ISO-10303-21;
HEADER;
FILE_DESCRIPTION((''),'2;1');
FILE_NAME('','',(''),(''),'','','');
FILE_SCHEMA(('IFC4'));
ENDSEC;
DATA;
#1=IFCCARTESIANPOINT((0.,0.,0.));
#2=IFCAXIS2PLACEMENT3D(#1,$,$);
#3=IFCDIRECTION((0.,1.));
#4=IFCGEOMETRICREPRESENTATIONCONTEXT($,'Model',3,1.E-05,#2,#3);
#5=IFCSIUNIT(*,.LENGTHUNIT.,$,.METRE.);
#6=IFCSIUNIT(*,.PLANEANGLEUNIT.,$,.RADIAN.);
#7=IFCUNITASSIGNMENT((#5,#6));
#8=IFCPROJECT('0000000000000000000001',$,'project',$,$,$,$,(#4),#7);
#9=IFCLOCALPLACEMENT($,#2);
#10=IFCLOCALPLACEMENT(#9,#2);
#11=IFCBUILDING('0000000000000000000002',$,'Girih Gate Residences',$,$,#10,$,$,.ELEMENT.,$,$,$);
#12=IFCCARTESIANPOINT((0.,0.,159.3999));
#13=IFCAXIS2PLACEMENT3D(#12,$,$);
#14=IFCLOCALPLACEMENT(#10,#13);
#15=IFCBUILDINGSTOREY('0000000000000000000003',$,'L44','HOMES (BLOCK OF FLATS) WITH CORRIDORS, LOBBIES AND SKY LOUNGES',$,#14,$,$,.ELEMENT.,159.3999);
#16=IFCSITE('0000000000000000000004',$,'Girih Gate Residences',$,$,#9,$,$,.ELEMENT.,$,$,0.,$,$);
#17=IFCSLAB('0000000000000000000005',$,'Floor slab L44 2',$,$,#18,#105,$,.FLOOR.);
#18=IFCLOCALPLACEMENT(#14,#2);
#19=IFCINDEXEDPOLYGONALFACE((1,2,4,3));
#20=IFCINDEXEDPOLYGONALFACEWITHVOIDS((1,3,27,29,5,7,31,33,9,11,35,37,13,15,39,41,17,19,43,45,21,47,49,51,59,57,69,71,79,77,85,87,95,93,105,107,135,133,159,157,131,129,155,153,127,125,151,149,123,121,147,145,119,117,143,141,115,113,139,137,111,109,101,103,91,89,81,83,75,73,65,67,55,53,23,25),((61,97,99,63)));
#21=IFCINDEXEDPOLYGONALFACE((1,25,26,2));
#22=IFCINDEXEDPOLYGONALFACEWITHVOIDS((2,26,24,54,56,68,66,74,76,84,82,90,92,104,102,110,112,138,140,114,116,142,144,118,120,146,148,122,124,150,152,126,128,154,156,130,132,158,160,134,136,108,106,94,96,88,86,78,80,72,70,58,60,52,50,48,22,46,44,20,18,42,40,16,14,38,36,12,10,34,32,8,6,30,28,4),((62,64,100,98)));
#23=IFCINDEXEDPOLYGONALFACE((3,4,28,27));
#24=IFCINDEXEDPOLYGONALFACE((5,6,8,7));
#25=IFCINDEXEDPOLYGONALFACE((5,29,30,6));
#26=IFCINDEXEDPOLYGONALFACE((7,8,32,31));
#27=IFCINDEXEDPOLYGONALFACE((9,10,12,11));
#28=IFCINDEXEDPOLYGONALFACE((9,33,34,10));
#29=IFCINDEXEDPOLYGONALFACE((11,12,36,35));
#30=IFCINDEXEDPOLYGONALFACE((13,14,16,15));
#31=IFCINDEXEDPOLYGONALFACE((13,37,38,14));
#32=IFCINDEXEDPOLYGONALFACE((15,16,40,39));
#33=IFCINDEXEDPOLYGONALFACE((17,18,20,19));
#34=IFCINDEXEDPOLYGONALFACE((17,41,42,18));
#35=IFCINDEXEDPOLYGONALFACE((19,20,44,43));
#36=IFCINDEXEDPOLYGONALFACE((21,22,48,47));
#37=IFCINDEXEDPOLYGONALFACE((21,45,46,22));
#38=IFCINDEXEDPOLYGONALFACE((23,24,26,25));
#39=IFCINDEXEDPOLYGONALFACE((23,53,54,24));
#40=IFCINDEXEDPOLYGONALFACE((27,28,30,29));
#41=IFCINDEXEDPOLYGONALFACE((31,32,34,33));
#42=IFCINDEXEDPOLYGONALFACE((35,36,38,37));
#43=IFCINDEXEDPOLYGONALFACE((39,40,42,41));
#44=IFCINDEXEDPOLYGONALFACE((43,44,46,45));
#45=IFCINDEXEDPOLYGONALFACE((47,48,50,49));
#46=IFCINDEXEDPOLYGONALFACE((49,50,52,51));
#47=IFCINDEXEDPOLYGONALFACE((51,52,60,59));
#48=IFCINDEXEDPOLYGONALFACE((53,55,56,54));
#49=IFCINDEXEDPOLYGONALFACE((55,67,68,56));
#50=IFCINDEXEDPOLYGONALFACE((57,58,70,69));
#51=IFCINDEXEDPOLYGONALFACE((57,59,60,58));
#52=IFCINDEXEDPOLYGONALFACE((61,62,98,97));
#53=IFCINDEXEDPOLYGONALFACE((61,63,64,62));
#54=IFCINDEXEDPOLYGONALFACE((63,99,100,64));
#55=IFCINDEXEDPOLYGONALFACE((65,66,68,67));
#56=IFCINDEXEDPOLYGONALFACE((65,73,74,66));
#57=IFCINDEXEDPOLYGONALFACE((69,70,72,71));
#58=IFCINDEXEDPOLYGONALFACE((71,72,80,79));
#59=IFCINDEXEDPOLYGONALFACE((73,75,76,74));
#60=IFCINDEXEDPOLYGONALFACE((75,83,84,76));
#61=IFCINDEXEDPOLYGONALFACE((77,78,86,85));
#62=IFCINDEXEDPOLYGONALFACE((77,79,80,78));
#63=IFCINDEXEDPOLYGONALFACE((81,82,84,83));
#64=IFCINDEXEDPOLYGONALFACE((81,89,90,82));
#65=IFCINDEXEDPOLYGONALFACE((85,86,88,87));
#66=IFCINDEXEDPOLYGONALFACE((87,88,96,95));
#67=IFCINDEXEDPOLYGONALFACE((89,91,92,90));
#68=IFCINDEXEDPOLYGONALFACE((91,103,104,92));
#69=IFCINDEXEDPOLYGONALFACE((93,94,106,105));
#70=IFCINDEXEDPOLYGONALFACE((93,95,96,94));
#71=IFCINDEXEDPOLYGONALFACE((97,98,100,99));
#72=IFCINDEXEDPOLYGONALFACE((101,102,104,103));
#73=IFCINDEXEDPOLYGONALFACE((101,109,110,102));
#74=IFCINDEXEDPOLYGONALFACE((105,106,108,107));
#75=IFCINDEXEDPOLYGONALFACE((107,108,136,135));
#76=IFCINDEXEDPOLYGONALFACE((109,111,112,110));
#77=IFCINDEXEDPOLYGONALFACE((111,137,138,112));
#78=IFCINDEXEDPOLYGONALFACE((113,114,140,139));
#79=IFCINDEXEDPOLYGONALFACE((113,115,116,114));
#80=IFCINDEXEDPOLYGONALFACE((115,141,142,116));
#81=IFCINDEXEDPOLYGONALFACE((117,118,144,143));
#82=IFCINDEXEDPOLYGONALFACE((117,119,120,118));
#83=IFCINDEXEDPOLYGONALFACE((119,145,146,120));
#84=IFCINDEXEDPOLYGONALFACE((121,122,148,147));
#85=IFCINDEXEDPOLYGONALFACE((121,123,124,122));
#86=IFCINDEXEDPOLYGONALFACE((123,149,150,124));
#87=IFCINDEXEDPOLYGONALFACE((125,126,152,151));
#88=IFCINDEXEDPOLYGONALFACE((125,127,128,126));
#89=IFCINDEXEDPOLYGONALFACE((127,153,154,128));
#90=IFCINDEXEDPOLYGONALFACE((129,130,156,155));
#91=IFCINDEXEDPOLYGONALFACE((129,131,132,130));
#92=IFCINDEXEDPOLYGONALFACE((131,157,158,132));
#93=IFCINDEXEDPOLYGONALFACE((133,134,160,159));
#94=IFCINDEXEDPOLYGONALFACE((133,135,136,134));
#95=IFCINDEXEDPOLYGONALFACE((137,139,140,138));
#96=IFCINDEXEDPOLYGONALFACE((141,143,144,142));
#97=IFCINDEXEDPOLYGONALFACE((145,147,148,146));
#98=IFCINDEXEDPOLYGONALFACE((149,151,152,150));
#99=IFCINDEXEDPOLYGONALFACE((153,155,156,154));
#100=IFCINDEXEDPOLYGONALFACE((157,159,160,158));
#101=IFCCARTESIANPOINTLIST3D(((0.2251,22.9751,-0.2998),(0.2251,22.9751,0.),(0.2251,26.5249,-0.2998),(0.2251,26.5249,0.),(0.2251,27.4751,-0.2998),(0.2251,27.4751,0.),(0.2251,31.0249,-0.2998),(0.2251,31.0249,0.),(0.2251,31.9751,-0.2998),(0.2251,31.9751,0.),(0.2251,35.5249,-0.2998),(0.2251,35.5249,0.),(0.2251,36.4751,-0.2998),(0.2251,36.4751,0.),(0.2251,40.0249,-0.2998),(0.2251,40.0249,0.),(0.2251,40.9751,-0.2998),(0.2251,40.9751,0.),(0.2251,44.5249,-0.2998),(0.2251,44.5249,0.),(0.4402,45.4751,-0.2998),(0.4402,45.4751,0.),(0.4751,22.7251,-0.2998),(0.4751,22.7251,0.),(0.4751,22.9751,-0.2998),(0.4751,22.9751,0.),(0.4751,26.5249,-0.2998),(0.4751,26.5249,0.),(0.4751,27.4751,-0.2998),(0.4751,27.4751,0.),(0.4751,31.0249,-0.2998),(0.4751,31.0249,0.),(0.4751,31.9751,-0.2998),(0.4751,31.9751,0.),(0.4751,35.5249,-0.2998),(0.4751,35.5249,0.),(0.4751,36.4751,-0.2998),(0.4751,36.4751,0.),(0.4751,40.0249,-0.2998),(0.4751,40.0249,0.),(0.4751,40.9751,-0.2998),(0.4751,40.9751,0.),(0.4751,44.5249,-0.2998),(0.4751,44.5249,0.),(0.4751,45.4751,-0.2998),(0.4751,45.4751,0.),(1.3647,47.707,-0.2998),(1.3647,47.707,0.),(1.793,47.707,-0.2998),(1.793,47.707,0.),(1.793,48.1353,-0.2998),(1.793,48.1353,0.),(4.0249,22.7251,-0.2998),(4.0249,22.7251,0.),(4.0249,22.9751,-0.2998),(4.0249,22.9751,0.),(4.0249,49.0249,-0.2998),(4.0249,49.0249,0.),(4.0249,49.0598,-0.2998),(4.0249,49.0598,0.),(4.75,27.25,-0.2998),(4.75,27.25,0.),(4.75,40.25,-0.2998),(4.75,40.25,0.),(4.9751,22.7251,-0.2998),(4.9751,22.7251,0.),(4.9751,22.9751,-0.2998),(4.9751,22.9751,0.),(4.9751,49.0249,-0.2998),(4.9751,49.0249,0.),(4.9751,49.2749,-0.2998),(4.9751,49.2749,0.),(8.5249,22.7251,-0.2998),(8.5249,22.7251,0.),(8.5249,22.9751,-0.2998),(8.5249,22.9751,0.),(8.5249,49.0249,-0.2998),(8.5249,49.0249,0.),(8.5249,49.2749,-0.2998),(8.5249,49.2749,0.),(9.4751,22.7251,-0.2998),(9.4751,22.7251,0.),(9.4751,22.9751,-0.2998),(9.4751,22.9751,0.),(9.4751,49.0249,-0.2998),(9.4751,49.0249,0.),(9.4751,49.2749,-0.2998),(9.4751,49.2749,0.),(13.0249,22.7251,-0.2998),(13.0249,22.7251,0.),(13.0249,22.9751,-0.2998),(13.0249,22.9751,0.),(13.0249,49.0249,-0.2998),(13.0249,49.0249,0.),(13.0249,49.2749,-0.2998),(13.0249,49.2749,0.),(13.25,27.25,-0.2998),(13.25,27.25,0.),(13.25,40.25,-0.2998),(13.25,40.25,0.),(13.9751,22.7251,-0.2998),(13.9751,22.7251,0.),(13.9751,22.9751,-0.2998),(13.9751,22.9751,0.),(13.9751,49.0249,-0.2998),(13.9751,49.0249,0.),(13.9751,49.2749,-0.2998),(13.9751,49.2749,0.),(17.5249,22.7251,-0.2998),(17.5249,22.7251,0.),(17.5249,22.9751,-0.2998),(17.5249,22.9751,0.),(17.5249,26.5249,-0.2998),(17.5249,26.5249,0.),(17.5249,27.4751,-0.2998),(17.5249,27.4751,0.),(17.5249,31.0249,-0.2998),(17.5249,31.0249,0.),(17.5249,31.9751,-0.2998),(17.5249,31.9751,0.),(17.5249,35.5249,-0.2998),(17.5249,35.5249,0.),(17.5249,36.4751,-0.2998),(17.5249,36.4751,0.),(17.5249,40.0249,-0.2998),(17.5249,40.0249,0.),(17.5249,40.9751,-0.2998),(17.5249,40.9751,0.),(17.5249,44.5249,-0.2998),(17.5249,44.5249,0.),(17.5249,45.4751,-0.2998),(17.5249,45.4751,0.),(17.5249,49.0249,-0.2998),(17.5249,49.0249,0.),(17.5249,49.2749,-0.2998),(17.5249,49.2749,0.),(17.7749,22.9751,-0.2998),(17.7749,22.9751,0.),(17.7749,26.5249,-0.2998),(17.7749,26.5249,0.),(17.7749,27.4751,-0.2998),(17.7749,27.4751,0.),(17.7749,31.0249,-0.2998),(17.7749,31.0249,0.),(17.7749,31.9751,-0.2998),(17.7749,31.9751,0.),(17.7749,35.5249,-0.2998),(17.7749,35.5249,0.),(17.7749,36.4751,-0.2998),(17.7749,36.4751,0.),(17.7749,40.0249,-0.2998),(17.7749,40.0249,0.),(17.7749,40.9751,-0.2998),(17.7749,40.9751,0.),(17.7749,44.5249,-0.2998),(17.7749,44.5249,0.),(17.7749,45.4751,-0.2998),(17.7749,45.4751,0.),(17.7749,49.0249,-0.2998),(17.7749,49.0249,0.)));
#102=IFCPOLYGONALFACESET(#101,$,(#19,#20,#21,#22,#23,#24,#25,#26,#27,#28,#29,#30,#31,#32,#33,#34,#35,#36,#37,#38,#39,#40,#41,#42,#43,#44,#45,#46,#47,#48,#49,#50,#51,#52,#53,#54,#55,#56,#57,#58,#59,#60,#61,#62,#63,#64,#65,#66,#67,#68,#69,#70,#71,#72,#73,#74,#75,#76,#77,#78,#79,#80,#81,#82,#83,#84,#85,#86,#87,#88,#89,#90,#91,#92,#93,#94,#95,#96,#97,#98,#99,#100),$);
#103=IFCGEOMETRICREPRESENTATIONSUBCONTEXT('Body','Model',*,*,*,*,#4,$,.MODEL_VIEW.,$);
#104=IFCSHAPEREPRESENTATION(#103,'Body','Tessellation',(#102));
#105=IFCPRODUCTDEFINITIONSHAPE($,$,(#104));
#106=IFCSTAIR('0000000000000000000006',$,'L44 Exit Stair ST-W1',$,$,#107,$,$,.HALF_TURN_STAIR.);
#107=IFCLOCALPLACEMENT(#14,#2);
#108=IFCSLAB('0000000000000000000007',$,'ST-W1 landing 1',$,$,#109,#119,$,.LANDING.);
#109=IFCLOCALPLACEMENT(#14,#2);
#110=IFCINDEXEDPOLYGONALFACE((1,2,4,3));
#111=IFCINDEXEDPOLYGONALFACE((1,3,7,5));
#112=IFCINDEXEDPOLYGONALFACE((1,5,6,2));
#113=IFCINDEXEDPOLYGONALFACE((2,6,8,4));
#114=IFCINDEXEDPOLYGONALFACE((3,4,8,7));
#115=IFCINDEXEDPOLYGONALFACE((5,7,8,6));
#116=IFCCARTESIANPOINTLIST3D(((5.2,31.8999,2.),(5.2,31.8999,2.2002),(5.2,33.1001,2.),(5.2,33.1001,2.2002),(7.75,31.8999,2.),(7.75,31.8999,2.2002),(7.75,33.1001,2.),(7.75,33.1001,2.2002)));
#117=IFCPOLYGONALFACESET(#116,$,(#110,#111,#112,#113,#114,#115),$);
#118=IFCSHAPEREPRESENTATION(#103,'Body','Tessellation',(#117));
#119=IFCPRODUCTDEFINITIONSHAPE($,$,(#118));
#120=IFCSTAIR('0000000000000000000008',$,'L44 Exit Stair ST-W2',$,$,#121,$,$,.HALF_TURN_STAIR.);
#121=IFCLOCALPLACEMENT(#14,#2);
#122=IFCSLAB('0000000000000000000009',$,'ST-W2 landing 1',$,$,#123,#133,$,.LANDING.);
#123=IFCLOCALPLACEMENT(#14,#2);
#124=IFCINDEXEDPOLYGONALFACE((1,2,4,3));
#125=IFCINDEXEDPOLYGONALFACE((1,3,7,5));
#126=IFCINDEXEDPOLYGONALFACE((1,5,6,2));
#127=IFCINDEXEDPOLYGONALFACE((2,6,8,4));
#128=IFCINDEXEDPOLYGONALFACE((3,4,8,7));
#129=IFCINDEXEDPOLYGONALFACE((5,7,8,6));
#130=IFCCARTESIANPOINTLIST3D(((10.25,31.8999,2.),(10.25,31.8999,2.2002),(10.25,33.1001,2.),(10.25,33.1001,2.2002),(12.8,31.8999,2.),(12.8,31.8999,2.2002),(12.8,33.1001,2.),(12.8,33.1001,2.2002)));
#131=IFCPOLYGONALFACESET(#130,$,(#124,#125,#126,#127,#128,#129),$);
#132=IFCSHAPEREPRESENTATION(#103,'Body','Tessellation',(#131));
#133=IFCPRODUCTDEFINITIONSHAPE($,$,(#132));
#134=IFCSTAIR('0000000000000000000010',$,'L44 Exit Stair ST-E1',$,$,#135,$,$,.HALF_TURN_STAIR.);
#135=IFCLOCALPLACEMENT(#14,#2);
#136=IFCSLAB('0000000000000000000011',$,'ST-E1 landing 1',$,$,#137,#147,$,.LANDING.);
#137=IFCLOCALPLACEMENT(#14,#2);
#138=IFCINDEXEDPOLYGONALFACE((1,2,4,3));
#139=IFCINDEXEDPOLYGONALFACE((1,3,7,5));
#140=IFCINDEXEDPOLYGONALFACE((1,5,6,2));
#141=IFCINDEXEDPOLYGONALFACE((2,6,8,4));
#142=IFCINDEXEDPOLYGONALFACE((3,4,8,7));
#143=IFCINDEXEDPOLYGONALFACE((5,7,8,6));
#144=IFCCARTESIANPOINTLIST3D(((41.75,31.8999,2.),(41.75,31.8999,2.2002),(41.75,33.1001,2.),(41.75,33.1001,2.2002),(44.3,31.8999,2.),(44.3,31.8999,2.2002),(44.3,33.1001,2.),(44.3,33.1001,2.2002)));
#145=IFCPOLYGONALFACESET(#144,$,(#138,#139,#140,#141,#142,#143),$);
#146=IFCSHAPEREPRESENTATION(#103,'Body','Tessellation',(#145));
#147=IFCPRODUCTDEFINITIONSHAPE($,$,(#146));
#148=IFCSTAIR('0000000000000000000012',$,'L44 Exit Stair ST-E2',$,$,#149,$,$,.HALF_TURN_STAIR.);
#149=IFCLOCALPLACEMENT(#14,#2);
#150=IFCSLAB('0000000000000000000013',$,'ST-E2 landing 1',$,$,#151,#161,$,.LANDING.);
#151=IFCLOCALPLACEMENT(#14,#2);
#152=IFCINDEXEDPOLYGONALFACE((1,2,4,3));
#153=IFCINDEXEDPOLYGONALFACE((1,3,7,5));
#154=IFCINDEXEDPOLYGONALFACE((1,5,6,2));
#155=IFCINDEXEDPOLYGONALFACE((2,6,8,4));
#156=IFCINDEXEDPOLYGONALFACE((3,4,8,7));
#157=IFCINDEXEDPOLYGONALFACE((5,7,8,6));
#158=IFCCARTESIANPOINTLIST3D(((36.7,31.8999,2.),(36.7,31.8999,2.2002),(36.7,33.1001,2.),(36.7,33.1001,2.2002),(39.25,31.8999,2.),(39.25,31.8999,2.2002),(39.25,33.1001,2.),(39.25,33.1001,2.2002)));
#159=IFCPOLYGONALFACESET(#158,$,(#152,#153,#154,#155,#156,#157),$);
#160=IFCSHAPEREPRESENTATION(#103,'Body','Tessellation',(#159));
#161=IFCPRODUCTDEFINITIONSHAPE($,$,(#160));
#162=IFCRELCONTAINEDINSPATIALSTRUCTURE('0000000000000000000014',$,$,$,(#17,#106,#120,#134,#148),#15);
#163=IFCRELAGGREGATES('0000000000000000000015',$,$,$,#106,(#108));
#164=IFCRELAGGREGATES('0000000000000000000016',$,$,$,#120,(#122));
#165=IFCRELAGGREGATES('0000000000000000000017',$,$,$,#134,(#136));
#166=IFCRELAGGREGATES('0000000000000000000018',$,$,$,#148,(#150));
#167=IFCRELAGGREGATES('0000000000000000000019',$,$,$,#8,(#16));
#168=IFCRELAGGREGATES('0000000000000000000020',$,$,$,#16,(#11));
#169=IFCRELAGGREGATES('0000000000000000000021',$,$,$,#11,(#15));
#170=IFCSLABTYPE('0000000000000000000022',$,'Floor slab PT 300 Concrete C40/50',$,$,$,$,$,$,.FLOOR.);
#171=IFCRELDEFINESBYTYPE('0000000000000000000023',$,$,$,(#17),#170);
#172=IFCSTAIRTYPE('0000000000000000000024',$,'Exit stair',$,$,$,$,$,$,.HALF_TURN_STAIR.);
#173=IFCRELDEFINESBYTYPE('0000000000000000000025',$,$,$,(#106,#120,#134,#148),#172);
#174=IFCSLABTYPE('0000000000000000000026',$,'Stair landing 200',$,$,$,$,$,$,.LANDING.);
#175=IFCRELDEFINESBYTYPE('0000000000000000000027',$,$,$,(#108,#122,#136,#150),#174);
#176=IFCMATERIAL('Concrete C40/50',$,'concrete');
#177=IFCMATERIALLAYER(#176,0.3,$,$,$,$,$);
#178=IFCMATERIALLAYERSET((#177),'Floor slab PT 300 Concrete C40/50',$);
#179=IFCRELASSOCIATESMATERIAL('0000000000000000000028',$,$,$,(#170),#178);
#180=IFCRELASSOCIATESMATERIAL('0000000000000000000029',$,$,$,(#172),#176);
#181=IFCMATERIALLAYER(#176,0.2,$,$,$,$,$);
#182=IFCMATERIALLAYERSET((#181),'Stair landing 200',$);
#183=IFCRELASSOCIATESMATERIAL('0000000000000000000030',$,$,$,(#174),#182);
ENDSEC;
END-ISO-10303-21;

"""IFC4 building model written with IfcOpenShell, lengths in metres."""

from ifc_helpers import new_model, si_unit, direction, frame, origin, place, context, subcontext, project, spatial, polyline, outline, extrude, material, layer, layer_set, type_object, element, aggregate, save


model = new_model("IFC4")

# Units and contexts
model_context = context("Model", 3, precision=1e-05, world=origin(), true_north=direction((0.0, 1.0)))
body_context = subcontext(model_context, "Body", "Model", "MODEL_VIEW")
ifc_project = project(units=[si_unit("LENGTHUNIT", "METRE"), si_unit("PLANEANGLEUNIT", "RADIAN")], contexts=[model_context])

# Site, building, storey
site_placement = place(None, origin())
site = spatial("IfcSite", under=ifc_project, at=site_placement, Name="Girih Gate Residences", CompositionType="ELEMENT", RefElevation=0.0)
building_placement = place(site_placement, origin())
building = spatial("IfcBuilding", under=site, at=building_placement, Name="Girih Gate Residences", CompositionType="ELEMENT")
storey_placement = place(building_placement, frame((0.0, 0.0, 159.3999)))
storey = spatial("IfcBuildingStorey", under=building, at=storey_placement, Name="L44", Description="HOMES (BLOCK OF FLATS) WITH CORRIDORS, LOBBIES AND SKY LOUNGES", CompositionType="ELEMENT", Elevation=159.3999)

# Slab
ifc_material_1 = material(Name="Concrete C40/50", Category="concrete")
ifc_layer_1 = layer(ifc_material_1, 0.3)
ifc_layer_set_1 = layer_set([ifc_layer_1], Name="Floor slab PT 300 Concrete C40/50")
slab_type_1 = type_object("IfcSlabType", Name="Floor slab PT 300 Concrete C40/50", PredefinedType="FLOOR", material=ifc_layer_set_1)
slab_1_placement = place(storey_placement, frame((0.0, 0.0, -0.2998)))
element("IfcSlab", 1, at=slab_1_placement, inside=storey, type_object=slab_type_1, Name="Floor slab L44 2", PredefinedType="FLOOR", context=body_context, shape_type="SweptSolid", body=[
    extrude(outline(polyline([(0.2251, 26.5249), (0.2251, 22.9751), (0.4751, 22.9751), (0.4751, 22.7251), (4.0249, 22.7251), (4.0249, 22.9751), (4.9751, 22.9751), (4.9751, 22.7251), (8.5249, 22.7251), (8.5249, 22.9751), (9.4751, 22.9751), (9.4751, 22.7251), (13.0249, 22.7251), (13.0249, 22.9751), (13.9751, 22.9751), (13.9751, 22.7251), (17.5249, 22.7251), (17.5249, 22.9751), (17.7749, 22.9751), (17.7749, 26.5249), (17.5249, 26.5249), (17.5249, 27.4751), (17.7749, 27.4751), (17.7749, 31.0249), (17.5249, 31.0249), (17.5249, 31.9751), (17.7749, 31.9751), (17.7749, 35.5249), (17.5249, 35.5249), (17.5249, 36.4751), (17.7749, 36.4751), (17.7749, 40.0249), (17.5249, 40.0249), (17.5249, 40.9751), (17.7749, 40.9751), (17.7749, 44.5249), (17.5249, 44.5249), (17.5249, 45.4751), (17.7749, 45.4751), (17.7749, 49.0249), (17.5249, 49.0249), (17.5249, 49.2749), (13.9751, 49.2749), (13.9751, 49.0249), (13.0249, 49.0249), (13.0249, 49.2749), (9.4751, 49.2749), (9.4751, 49.0249), (8.5249, 49.0249), (8.5249, 49.2749), (4.9751, 49.2749), (4.9751, 49.0249), (4.0249, 49.0249), (4.0249, 49.0598), (1.793, 48.1353), (1.793, 47.707), (1.3647, 47.707), (0.4402, 45.4751), (0.4751, 45.4751), (0.4751, 44.5249), (0.2251, 44.5249), (0.2251, 40.9751), (0.4751, 40.9751), (0.4751, 40.0249), (0.2251, 40.0249), (0.2251, 36.4751), (0.4751, 36.4751), (0.4751, 35.5249), (0.2251, 35.5249), (0.2251, 31.9751), (0.4751, 31.9751), (0.4751, 31.0249), (0.2251, 31.0249), (0.2251, 27.4751), (0.4751, 27.4751), (0.4751, 26.5249), (0.2251, 26.5249)]), holes=[polyline([(13.25, 40.25), (13.25, 27.25), (4.75, 27.25), (4.75, 40.25), (13.25, 40.25)])]), origin(), (0.0, 0.0, 1.0), 0.2998),
])

# Stairs, slabs
stair_type = type_object("IfcStairType", Name="Exit stair", PredefinedType="HALF_TURN_STAIR", material=ifc_material_1)
stair_1_placement = place(storey_placement, origin())
stair_1 = element("IfcStair", 2, at=stair_1_placement, inside=storey, type_object=stair_type, Name="L44 Exit Stair ST-W1", PredefinedType="HALF_TURN_STAIR")
ifc_layer_2 = layer(ifc_material_1, 0.2)
ifc_layer_set_2 = layer_set([ifc_layer_2], Name="Stair landing 200")
slab_type_2 = type_object("IfcSlabType", Name="Stair landing 200", PredefinedType="LANDING", material=ifc_layer_set_2)
slab_2_placement = place(storey_placement, frame((0.0, 0.0, 2.0)))
slab_2 = element("IfcSlab", 3, at=slab_2_placement, type_object=slab_type_2, Name="ST-W1 landing 1", PredefinedType="LANDING", context=body_context, shape_type="SweptSolid", body=[
    extrude(outline(polyline([(7.75, 31.8999), (7.75, 33.1001), (5.2, 33.1001), (5.2, 31.8999), (7.75, 31.8999)])), origin(), (0.0, 0.0, 1.0), 0.2002),
])
aggregate(stair_1, [slab_2])
stair_2_placement = place(storey_placement, origin())
stair_2 = element("IfcStair", 4, at=stair_2_placement, inside=storey, type_object=stair_type, Name="L44 Exit Stair ST-W2", PredefinedType="HALF_TURN_STAIR")
slab_3_placement = place(storey_placement, frame((0.0, 0.0, 2.0)))
slab_3 = element("IfcSlab", 5, at=slab_3_placement, type_object=slab_type_2, Name="ST-W2 landing 1", PredefinedType="LANDING", context=body_context, shape_type="SweptSolid", body=[
    extrude(outline(polyline([(12.8, 31.8999), (12.8, 33.1001), (10.25, 33.1001), (10.25, 31.8999), (12.8, 31.8999)])), origin(), (0.0, 0.0, 1.0), 0.2002),
])
aggregate(stair_2, [slab_3])
stair_3_placement = place(storey_placement, origin())
stair_3 = element("IfcStair", 6, at=stair_3_placement, inside=storey, type_object=stair_type, Name="L44 Exit Stair ST-E1", PredefinedType="HALF_TURN_STAIR")
slab_4_placement = place(storey_placement, frame((0.0, 0.0, 2.0)))
slab_4 = element("IfcSlab", 7, at=slab_4_placement, type_object=slab_type_2, Name="ST-E1 landing 1", PredefinedType="LANDING", context=body_context, shape_type="SweptSolid", body=[
    extrude(outline(polyline([(44.3, 31.8999), (44.3, 33.1001), (41.75, 33.1001), (41.75, 31.8999), (44.3, 31.8999)])), origin(), (0.0, 0.0, 1.0), 0.2002),
])
aggregate(stair_3, [slab_4])
stair_4_placement = place(storey_placement, origin())
stair_4 = element("IfcStair", 8, at=stair_4_placement, inside=storey, type_object=stair_type, Name="L44 Exit Stair ST-E2", PredefinedType="HALF_TURN_STAIR")
slab_5_placement = place(storey_placement, frame((0.0, 0.0, 2.0)))
slab_5 = element("IfcSlab", 9, at=slab_5_placement, type_object=slab_type_2, Name="ST-E2 landing 1", PredefinedType="LANDING", context=body_context, shape_type="SweptSolid", body=[
    extrude(outline(polyline([(39.25, 31.8999), (39.25, 33.1001), (36.7, 33.1001), (36.7, 31.8999), (39.25, 31.8999)])), origin(), (0.0, 0.0, 1.0), 0.2002),
])
aggregate(stair_4, [slab_5])

save(model, "model.ifc")
